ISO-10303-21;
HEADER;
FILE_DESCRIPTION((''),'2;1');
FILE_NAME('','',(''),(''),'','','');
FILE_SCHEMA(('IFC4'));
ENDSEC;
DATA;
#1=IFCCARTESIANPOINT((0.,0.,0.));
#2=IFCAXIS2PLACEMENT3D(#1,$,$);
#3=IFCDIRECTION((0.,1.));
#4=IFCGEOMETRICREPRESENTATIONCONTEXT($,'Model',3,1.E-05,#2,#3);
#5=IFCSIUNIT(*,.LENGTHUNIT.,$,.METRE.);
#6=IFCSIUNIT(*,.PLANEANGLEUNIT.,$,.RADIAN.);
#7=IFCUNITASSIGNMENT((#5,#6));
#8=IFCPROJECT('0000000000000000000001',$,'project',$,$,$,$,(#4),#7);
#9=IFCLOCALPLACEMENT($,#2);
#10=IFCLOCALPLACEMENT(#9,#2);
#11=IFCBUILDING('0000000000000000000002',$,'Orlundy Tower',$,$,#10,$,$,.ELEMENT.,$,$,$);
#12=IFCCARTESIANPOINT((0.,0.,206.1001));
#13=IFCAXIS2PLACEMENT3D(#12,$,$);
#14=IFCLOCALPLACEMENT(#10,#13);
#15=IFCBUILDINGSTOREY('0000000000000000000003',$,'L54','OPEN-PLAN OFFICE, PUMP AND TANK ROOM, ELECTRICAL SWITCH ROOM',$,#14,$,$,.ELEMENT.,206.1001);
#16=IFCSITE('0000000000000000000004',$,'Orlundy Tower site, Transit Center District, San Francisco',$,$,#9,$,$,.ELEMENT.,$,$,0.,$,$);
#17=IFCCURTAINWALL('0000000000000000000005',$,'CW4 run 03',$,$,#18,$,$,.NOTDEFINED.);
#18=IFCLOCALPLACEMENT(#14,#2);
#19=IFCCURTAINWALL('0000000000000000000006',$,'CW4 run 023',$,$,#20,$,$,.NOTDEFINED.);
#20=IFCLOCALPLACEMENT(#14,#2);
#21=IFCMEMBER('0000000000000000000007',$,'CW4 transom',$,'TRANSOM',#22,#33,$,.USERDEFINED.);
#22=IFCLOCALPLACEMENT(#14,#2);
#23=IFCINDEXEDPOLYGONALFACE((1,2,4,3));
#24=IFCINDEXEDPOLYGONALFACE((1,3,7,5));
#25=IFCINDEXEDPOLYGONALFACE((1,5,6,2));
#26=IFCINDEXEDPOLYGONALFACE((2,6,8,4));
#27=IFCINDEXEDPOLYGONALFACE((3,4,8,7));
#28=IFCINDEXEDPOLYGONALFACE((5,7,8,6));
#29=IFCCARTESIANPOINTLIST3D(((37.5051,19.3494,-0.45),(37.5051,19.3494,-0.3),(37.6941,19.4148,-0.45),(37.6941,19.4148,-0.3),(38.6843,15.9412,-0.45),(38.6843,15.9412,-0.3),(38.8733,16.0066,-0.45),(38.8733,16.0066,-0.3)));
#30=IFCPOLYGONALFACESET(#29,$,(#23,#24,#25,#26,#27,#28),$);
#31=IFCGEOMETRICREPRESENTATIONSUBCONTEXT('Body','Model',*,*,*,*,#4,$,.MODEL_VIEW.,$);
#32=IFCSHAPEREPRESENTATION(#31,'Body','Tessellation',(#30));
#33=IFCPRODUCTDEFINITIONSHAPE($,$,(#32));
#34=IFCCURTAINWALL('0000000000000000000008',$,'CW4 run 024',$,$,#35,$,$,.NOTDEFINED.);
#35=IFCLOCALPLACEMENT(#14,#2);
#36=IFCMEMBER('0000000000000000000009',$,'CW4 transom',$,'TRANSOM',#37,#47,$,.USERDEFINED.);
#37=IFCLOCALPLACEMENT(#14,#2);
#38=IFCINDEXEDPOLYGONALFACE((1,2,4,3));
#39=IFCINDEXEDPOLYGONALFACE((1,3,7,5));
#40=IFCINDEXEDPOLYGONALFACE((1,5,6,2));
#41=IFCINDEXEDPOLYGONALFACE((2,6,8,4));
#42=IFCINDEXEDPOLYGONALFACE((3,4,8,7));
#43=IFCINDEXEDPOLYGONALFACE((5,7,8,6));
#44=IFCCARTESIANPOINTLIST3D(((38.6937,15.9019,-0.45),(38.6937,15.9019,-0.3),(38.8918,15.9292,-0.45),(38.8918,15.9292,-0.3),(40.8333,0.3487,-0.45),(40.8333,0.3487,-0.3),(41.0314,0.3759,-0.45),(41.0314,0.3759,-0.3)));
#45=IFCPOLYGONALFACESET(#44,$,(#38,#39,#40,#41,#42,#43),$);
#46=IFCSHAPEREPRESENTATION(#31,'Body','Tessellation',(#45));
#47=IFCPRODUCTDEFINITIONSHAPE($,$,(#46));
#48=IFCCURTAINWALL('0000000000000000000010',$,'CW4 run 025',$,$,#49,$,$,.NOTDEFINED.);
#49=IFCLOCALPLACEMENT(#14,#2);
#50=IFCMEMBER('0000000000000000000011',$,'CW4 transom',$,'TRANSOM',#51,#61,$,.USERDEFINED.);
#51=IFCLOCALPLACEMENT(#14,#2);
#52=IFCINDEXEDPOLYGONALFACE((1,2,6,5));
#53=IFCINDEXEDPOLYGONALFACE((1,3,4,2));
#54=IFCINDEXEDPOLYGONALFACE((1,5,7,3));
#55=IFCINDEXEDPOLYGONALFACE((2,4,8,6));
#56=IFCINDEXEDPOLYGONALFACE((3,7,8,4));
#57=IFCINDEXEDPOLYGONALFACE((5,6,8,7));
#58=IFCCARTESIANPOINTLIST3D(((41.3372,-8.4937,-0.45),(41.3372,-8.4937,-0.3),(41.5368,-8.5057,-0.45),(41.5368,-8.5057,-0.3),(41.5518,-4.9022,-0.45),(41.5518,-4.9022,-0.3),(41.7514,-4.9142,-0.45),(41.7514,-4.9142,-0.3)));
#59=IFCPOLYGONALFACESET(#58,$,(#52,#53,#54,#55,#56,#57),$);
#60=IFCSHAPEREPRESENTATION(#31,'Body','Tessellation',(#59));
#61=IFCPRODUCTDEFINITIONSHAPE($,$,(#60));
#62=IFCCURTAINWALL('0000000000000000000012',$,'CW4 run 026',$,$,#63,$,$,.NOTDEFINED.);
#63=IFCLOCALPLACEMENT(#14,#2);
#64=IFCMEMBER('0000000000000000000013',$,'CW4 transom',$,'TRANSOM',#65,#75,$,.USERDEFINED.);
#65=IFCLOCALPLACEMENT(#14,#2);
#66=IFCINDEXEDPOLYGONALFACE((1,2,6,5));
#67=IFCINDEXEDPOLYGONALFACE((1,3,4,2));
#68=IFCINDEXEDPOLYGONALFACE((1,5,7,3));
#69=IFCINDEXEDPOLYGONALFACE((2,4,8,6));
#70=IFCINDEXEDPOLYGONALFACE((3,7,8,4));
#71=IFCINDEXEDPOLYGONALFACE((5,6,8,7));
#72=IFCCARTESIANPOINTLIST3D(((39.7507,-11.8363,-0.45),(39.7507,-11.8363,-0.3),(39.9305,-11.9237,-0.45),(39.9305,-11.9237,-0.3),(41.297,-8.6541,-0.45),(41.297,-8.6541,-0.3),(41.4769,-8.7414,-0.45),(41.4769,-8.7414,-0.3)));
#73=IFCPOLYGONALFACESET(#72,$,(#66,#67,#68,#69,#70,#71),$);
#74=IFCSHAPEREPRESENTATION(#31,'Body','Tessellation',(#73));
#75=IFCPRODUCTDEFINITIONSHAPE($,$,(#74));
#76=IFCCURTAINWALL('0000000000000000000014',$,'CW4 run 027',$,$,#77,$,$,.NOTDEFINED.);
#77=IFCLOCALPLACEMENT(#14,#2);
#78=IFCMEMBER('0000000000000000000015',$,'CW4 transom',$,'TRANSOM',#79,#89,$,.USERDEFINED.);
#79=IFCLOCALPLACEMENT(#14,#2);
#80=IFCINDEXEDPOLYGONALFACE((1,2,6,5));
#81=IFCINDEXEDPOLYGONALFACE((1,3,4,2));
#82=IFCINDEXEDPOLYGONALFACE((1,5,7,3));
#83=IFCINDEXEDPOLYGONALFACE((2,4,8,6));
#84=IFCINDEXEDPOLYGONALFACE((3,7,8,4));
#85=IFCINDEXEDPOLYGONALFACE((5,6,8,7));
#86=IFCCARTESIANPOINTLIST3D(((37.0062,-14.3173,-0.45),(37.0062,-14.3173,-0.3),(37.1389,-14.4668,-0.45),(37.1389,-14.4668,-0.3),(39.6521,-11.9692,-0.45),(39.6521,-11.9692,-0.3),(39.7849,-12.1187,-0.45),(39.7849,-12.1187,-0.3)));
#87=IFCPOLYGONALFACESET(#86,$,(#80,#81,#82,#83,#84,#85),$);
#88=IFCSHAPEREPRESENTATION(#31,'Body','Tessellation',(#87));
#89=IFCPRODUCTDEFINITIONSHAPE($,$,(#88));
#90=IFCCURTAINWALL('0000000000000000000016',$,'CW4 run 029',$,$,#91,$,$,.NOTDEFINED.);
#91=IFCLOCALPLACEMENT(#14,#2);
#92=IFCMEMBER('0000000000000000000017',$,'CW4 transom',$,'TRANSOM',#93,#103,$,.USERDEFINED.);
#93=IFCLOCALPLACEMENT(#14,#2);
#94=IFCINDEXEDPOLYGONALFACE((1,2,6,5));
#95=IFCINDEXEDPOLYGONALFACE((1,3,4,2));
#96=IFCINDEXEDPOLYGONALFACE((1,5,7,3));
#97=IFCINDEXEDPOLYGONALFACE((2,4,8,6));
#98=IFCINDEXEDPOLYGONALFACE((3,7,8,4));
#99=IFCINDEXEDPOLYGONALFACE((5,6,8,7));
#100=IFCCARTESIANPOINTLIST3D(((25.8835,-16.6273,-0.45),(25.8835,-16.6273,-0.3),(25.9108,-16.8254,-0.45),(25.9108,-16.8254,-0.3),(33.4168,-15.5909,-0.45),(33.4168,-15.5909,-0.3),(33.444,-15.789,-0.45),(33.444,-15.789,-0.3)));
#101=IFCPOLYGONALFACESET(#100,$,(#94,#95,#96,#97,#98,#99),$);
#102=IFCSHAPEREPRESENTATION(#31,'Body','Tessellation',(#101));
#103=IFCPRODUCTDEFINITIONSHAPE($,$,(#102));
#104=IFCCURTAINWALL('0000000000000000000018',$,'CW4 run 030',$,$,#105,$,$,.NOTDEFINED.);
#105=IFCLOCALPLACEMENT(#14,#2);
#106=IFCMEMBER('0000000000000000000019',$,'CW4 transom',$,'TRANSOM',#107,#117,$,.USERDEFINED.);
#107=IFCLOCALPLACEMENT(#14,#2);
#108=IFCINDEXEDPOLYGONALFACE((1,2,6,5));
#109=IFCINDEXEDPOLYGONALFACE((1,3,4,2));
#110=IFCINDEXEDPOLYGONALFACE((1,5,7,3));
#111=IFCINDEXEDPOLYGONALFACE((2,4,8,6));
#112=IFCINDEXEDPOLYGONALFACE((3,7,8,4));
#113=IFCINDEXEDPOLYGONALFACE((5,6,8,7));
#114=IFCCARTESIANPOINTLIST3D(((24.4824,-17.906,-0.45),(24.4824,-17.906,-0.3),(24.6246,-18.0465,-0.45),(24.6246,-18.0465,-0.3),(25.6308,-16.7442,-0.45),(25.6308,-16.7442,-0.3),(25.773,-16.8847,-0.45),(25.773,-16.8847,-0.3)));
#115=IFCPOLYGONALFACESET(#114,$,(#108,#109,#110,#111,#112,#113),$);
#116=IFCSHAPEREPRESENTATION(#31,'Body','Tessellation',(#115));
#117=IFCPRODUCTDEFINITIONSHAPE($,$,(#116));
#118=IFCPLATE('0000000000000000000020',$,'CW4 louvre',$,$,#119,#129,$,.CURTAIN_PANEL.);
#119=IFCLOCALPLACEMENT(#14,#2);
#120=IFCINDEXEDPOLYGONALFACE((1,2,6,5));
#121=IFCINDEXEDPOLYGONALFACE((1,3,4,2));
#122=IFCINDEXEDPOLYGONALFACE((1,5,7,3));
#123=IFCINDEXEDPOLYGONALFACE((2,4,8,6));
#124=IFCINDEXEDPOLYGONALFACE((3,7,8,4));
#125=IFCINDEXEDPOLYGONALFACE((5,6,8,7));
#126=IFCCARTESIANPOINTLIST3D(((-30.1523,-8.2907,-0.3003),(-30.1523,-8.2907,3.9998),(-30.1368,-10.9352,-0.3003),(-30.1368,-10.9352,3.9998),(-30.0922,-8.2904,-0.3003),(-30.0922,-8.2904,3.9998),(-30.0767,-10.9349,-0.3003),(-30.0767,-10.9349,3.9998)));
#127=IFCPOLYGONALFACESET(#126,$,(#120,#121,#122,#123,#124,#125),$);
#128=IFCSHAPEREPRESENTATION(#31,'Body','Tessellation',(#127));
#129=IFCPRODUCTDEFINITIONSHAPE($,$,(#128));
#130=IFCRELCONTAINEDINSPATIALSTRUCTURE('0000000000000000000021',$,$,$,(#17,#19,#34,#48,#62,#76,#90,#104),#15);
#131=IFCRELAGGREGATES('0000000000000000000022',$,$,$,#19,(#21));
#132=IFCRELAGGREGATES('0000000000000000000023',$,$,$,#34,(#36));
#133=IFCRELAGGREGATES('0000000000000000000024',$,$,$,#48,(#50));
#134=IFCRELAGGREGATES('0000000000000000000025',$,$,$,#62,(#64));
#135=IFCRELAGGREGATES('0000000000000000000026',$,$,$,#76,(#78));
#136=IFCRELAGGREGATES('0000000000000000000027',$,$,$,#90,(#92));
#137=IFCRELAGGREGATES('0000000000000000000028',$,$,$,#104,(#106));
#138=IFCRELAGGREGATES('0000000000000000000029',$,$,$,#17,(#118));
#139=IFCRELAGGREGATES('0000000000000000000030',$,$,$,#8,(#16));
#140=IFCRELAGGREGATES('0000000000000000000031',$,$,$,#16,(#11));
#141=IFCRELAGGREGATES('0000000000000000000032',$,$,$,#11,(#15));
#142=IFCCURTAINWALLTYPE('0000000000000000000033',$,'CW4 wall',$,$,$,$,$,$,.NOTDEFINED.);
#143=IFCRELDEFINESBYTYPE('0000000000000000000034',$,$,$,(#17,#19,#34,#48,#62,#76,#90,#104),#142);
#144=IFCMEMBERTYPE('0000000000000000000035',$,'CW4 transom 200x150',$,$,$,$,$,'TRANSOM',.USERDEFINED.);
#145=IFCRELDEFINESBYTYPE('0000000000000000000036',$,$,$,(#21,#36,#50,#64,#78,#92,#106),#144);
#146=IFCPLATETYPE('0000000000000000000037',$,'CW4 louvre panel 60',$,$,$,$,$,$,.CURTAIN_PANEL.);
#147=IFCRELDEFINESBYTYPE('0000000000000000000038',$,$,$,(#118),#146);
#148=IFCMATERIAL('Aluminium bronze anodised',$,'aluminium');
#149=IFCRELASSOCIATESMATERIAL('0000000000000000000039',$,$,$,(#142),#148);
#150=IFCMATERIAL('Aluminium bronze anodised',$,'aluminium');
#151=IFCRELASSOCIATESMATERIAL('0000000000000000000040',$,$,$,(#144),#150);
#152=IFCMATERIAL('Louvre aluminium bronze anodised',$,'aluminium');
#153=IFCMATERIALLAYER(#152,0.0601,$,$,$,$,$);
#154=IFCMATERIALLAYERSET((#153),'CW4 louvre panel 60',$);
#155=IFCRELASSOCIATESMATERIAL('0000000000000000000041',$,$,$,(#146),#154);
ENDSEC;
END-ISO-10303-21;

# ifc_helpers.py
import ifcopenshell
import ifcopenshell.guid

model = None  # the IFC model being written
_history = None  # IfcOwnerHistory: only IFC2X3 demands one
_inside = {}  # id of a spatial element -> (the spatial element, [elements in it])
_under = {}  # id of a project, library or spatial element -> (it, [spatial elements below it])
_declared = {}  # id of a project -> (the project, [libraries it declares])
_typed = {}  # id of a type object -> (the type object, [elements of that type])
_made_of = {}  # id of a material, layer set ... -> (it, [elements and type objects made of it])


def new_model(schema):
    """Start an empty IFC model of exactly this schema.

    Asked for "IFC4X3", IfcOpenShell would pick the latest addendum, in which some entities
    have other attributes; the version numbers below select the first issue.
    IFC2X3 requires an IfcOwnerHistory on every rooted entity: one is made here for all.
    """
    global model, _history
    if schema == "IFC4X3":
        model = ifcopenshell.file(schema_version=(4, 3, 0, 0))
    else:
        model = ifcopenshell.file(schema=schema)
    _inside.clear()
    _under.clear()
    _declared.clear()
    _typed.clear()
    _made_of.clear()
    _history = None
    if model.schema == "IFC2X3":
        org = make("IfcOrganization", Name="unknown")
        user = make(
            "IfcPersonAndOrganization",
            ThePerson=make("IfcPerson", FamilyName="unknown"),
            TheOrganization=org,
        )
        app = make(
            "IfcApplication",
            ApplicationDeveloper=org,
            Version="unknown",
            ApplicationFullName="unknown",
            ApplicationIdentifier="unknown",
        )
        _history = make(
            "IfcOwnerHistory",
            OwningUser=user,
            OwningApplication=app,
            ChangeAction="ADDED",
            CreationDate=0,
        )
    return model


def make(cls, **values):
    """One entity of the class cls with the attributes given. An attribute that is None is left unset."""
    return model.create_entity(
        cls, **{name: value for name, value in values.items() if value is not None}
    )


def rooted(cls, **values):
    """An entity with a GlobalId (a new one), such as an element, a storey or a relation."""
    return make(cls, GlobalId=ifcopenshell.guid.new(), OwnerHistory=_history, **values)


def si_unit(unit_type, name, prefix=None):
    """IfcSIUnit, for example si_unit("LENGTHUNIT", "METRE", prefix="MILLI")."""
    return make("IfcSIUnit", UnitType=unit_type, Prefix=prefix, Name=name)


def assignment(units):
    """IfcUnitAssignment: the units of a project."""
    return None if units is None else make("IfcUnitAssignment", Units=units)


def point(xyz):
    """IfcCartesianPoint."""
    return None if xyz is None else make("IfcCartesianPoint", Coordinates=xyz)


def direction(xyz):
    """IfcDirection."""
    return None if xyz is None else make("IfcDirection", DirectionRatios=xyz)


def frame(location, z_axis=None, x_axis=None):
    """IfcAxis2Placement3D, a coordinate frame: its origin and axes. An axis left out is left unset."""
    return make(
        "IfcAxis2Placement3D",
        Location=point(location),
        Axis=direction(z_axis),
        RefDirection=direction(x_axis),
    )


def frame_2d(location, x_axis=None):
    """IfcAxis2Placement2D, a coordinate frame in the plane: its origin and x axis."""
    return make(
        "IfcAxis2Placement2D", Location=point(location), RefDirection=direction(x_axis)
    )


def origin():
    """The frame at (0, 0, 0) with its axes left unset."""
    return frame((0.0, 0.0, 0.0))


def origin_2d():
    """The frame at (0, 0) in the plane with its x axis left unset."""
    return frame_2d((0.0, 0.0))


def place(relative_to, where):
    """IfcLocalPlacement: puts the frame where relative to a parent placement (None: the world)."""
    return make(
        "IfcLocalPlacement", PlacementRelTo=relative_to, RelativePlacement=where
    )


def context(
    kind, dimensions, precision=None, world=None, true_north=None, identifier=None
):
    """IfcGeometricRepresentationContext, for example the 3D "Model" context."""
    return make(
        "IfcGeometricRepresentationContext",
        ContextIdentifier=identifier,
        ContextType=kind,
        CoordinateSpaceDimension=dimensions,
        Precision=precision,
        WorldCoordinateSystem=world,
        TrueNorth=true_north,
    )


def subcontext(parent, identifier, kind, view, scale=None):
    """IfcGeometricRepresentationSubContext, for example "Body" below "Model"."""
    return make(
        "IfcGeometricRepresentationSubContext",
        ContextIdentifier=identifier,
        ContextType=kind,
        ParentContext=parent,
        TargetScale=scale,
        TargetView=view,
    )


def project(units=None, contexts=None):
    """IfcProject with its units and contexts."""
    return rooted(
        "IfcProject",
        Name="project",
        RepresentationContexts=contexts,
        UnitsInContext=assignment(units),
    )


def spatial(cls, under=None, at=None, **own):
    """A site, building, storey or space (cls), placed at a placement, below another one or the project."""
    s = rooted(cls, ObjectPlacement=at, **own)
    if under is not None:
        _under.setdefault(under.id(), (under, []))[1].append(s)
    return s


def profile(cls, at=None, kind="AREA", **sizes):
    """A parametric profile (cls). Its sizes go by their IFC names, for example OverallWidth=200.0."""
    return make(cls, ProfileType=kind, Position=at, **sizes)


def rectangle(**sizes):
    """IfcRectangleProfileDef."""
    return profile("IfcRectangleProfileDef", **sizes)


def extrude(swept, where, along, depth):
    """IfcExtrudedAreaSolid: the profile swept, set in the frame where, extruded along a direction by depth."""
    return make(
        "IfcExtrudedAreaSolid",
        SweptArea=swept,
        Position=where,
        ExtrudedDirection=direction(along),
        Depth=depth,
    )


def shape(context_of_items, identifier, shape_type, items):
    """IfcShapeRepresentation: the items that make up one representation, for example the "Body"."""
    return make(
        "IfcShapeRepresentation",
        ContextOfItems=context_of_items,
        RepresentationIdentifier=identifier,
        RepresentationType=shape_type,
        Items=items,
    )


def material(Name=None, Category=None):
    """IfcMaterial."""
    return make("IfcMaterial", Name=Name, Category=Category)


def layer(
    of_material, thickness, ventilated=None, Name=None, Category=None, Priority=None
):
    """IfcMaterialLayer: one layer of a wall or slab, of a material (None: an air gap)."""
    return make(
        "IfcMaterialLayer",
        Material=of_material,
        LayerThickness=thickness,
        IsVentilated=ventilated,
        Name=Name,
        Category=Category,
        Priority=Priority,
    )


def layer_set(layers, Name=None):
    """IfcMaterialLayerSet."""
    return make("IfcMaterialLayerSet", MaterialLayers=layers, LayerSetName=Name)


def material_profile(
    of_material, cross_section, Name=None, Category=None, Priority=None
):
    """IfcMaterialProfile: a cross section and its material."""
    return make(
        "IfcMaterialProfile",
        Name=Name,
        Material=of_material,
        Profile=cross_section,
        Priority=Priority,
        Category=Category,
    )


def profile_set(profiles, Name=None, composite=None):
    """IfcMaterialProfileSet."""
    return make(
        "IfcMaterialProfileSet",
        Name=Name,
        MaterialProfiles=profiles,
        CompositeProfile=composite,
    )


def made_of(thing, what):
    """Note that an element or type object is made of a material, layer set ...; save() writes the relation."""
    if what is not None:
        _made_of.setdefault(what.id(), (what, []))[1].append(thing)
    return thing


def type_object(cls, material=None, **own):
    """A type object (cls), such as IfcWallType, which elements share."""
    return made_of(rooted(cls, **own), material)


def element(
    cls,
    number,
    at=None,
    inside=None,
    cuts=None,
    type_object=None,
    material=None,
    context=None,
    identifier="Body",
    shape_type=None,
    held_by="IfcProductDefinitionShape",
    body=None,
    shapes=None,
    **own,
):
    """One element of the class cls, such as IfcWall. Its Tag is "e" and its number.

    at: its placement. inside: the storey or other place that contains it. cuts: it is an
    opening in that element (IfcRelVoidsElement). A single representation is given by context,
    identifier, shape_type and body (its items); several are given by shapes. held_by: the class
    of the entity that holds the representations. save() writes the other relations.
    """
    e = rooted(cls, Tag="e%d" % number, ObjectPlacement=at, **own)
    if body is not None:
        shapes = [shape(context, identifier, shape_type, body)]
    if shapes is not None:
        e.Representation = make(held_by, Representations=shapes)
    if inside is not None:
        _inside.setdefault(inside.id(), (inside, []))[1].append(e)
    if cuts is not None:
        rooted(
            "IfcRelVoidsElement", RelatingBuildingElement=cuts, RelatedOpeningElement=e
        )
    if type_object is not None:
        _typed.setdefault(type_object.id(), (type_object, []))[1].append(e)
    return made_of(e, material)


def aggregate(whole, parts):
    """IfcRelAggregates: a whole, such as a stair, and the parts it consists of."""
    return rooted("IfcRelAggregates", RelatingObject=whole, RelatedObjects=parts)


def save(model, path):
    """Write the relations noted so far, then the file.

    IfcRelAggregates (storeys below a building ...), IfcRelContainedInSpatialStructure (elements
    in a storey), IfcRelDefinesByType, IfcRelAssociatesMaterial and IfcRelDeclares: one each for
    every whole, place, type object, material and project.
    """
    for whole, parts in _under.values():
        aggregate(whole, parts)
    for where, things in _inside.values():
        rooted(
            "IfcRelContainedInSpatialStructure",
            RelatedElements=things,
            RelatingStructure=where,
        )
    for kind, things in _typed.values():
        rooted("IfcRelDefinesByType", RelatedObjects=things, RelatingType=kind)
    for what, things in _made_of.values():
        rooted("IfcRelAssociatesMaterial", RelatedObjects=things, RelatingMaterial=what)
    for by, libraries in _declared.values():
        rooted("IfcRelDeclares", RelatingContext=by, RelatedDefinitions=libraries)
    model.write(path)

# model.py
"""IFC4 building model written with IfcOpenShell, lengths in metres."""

from ifc_helpers import new_model, si_unit, direction, frame, origin, origin_2d, place, context, subcontext, project, spatial, rectangle, extrude, material, layer, layer_set, material_profile, profile_set, type_object, element, aggregate, save


model = new_model("IFC4")

# Units and contexts
model_context = context("Model", 3, precision=1e-05, world=origin(), true_north=direction((0.0, 1.0)))
body_context = subcontext(model_context, "Body", "Model", "MODEL_VIEW")
ifc_project = project(units=[si_unit("LENGTHUNIT", "METRE"), si_unit("PLANEANGLEUNIT", "RADIAN")], contexts=[model_context])

# Site, building, storey
site_placement = place(None, origin())
site = spatial("IfcSite", under=ifc_project, at=site_placement, Name="Orlundy Tower site, Transit Center District, San Francisco", CompositionType="ELEMENT", RefElevation=0.0)
building_placement = place(site_placement, origin())
building = spatial("IfcBuilding", under=site, at=building_placement, Name="Orlundy Tower", CompositionType="ELEMENT")
storey_placement = place(building_placement, frame((0.0, 0.0, 206.1001)))
storey = spatial("IfcBuildingStorey", under=building, at=storey_placement, Name="L54", Description="OPEN-PLAN OFFICE, PUMP AND TANK ROOM, ELECTRICAL SWITCH ROOM", CompositionType="ELEMENT", Elevation=206.1001)

# Curtain wall
ifc_material_1 = material(Name="Aluminium bronze anodised", Category="aluminium")
curtain_wall_type = type_object("IfcCurtainWallType", Name="CW4 wall", PredefinedType="NOTDEFINED", material=ifc_material_1)
curtain_wall_1_placement = place(storey_placement, origin())
curtain_wall_1 = element("IfcCurtainWall", 1, at=curtain_wall_1_placement, inside=storey, type_object=curtain_wall_type, Name="CW4 run 03", PredefinedType="NOTDEFINED")
ifc_material_2 = material(Name="Aluminium bronze anodised", Category="aluminium")
ifc_material_profile = material_profile(ifc_material_2, rectangle(XDim=0.2, YDim=0.1499, at=origin_2d()), Name="CW4 transom 200x150")
ifc_profile_set = profile_set([ifc_material_profile], Name="Aluminium bronze anodised")
member_type = type_object("IfcMemberType", Name="CW4 transom 200x150", ElementType="TRANSOM", PredefinedType="USERDEFINED", material=ifc_profile_set)

# Curtain walls, members
curtain_wall_2_placement = place(storey_placement, origin())
curtain_wall_2 = element("IfcCurtainWall", 2, at=curtain_wall_2_placement, inside=storey, type_object=curtain_wall_type, Name="CW4 run 023", PredefinedType="NOTDEFINED")
member_1_placement = place(storey_placement, frame((37.5996, 19.3821, -0.375), z_axis=(0.326971, -0.945034, 0.0), x_axis=(0.945034, 0.326971, 0.0)))
member_1 = element("IfcMember", 3, at=member_1_placement, type_object=member_type, Name="CW4 transom", ObjectType="TRANSOM", PredefinedType="USERDEFINED", context=body_context, shape_type="SweptSolid", body=[
    extrude(rectangle(XDim=0.2, YDim=0.1499, at=origin_2d()), origin(), (0.0, 0.0, 1.0), 3.6064),
])
aggregate(curtain_wall_2, [member_1])
curtain_wall_3_placement = place(storey_placement, origin())
curtain_wall_3 = element("IfcCurtainWall", 4, at=curtain_wall_3_placement, inside=storey, type_object=curtain_wall_type, Name="CW4 run 024", PredefinedType="NOTDEFINED")
member_2_placement = place(storey_placement, frame((38.7927, 15.9155, -0.375), z_axis=(0.136286, -0.99067, 0.0), x_axis=(0.99067, 0.136286, 0.0)))
member_2 = element("IfcMember", 5, at=member_2_placement, type_object=member_type, Name="CW4 transom", ObjectType="TRANSOM", PredefinedType="USERDEFINED", context=body_context, shape_type="SweptSolid", body=[
    extrude(rectangle(XDim=0.2, YDim=0.1499, at=origin_2d()), origin(), (0.0, 0.0, 1.0), 15.6997),
])
aggregate(curtain_wall_3, [member_2])
curtain_wall_4_placement = place(storey_placement, origin())
curtain_wall_4 = element("IfcCurtainWall", 6, at=curtain_wall_4_placement, inside=storey, type_object=curtain_wall_type, Name="CW4 run 025", PredefinedType="NOTDEFINED")
member_3_placement = place(storey_placement, frame((41.6516, -4.9082, -0.375), z_axis=(-0.059645, -0.99822, 0.0), x_axis=(0.99822, -0.059645, 0.0)))
member_3 = element("IfcMember", 7, at=member_3_placement, type_object=member_type, Name="CW4 transom", ObjectType="TRANSOM", PredefinedType="USERDEFINED", context=body_context, shape_type="SweptSolid", body=[
    extrude(rectangle(XDim=0.2, YDim=0.1499, at=origin_2d()), origin(), (0.0, 0.0, 1.0), 3.5979),
])
aggregate(curtain_wall_4, [member_3])
curtain_wall_5_placement = place(storey_placement, origin())
curtain_wall_5 = element("IfcCurtainWall", 8, at=curtain_wall_5_placement, inside=storey, type_object=curtain_wall_type, Name="CW4 run 026", PredefinedType="NOTDEFINED")
member_4_placement = place(storey_placement, frame((41.387, -8.6978, -0.375), z_axis=(-0.437055, -0.899435, 0.0), x_axis=(0.899435, -0.437055, 0.0)))
member_4 = element("IfcMember", 9, at=member_4_placement, type_object=member_type, Name="CW4 transom", ObjectType="TRANSOM", PredefinedType="USERDEFINED", context=body_context, shape_type="SweptSolid", body=[
    extrude(rectangle(XDim=0.2, YDim=0.1499, at=origin_2d()), origin(), (0.0, 0.0, 1.0), 3.5381),
])
aggregate(curtain_wall_5, [member_4])
curtain_wall_6_placement = place(storey_placement, origin())
curtain_wall_6 = element("IfcCurtainWall", 10, at=curtain_wall_6_placement, inside=storey, type_object=curtain_wall_type, Name="CW4 run 027", PredefinedType="NOTDEFINED")
member_5_placement = place(storey_placement, frame((39.7185, -12.0439, -0.375), z_axis=(-0.74795, -0.663755, 0.0), x_axis=(0.663755, -0.74795, 0.0)))
member_5 = element("IfcMember", 11, at=member_5_placement, type_object=member_type, Name="CW4 transom", ObjectType="TRANSOM", PredefinedType="USERDEFINED", context=body_context, shape_type="SweptSolid", body=[
    extrude(rectangle(XDim=0.2, YDim=0.1499, at=origin_2d()), origin(), (0.0, 0.0, 1.0), 3.5376),
])
aggregate(curtain_wall_6, [member_5])
curtain_wall_7_placement = place(storey_placement, origin())
curtain_wall_7 = element("IfcCurtainWall", 12, at=curtain_wall_7_placement, inside=storey, type_object=curtain_wall_type, Name="CW4 run 029", PredefinedType="NOTDEFINED")
member_6_placement = place(storey_placement, frame((33.4304, -15.6899, -0.375), z_axis=(-0.990669, -0.136291, 0.0), x_axis=(0.136291, -0.990669, 0.0)))
member_6 = element("IfcMember", 13, at=member_6_placement, type_object=member_type, Name="CW4 transom", ObjectType="TRANSOM", PredefinedType="USERDEFINED", context=body_context, shape_type="SweptSolid", body=[
    extrude(rectangle(XDim=0.2, YDim=0.1499, at=origin_2d()), origin(), (0.0, 0.0, 1.0), 7.6042),
])
aggregate(curtain_wall_7, [member_6])
curtain_wall_8_placement = place(storey_placement, origin())
curtain_wall_8 = element("IfcCurtainWall", 14, at=curtain_wall_8_placement, inside=storey, type_object=curtain_wall_type, Name="CW4 run 030", PredefinedType="NOTDEFINED")
member_7_placement = place(storey_placement, frame((25.7019, -16.8145, -0.375), z_axis=(-0.702985, -0.711205, 0.0), x_axis=(0.711205, -0.702985, 0.0)))
member_7 = element("IfcMember", 15, at=member_7_placement, type_object=member_type, Name="CW4 transom", ObjectType="TRANSOM", PredefinedType="USERDEFINED", context=body_context, shape_type="SweptSolid", body=[
    extrude(rectangle(XDim=0.2, YDim=0.1499, at=origin_2d()), origin(), (0.0, 0.0, 1.0), 1.6335),
])
aggregate(curtain_wall_8, [member_7])

# Plate
ifc_material_3 = material(Name="Louvre aluminium bronze anodised", Category="aluminium")
ifc_layer = layer(ifc_material_3, 0.0601)
ifc_layer_set = layer_set([ifc_layer], Name="CW4 louvre panel 60")
plate_type = type_object("IfcPlateType", Name="CW4 louvre panel 60", PredefinedType="CURTAIN_PANEL", material=ifc_layer_set)
plate_placement = place(storey_placement, frame((-30.1145, -9.6128, -0.3003), z_axis=(0.0, 0.0, 1.0), x_axis=(-0.005851, 0.999983, 0.0)))
plate = element("IfcPlate", 16, at=plate_placement, type_object=plate_type, Name="CW4 louvre", PredefinedType="CURTAIN_PANEL", context=body_context, shape_type="SweptSolid", body=[
    extrude(rectangle(XDim=2.6445, YDim=0.0601, at=origin_2d()), origin(), (0.0, 0.0, 1.0), 4.3),
])
aggregate(curtain_wall_1, [plate])

save(model, "model.ifc")
